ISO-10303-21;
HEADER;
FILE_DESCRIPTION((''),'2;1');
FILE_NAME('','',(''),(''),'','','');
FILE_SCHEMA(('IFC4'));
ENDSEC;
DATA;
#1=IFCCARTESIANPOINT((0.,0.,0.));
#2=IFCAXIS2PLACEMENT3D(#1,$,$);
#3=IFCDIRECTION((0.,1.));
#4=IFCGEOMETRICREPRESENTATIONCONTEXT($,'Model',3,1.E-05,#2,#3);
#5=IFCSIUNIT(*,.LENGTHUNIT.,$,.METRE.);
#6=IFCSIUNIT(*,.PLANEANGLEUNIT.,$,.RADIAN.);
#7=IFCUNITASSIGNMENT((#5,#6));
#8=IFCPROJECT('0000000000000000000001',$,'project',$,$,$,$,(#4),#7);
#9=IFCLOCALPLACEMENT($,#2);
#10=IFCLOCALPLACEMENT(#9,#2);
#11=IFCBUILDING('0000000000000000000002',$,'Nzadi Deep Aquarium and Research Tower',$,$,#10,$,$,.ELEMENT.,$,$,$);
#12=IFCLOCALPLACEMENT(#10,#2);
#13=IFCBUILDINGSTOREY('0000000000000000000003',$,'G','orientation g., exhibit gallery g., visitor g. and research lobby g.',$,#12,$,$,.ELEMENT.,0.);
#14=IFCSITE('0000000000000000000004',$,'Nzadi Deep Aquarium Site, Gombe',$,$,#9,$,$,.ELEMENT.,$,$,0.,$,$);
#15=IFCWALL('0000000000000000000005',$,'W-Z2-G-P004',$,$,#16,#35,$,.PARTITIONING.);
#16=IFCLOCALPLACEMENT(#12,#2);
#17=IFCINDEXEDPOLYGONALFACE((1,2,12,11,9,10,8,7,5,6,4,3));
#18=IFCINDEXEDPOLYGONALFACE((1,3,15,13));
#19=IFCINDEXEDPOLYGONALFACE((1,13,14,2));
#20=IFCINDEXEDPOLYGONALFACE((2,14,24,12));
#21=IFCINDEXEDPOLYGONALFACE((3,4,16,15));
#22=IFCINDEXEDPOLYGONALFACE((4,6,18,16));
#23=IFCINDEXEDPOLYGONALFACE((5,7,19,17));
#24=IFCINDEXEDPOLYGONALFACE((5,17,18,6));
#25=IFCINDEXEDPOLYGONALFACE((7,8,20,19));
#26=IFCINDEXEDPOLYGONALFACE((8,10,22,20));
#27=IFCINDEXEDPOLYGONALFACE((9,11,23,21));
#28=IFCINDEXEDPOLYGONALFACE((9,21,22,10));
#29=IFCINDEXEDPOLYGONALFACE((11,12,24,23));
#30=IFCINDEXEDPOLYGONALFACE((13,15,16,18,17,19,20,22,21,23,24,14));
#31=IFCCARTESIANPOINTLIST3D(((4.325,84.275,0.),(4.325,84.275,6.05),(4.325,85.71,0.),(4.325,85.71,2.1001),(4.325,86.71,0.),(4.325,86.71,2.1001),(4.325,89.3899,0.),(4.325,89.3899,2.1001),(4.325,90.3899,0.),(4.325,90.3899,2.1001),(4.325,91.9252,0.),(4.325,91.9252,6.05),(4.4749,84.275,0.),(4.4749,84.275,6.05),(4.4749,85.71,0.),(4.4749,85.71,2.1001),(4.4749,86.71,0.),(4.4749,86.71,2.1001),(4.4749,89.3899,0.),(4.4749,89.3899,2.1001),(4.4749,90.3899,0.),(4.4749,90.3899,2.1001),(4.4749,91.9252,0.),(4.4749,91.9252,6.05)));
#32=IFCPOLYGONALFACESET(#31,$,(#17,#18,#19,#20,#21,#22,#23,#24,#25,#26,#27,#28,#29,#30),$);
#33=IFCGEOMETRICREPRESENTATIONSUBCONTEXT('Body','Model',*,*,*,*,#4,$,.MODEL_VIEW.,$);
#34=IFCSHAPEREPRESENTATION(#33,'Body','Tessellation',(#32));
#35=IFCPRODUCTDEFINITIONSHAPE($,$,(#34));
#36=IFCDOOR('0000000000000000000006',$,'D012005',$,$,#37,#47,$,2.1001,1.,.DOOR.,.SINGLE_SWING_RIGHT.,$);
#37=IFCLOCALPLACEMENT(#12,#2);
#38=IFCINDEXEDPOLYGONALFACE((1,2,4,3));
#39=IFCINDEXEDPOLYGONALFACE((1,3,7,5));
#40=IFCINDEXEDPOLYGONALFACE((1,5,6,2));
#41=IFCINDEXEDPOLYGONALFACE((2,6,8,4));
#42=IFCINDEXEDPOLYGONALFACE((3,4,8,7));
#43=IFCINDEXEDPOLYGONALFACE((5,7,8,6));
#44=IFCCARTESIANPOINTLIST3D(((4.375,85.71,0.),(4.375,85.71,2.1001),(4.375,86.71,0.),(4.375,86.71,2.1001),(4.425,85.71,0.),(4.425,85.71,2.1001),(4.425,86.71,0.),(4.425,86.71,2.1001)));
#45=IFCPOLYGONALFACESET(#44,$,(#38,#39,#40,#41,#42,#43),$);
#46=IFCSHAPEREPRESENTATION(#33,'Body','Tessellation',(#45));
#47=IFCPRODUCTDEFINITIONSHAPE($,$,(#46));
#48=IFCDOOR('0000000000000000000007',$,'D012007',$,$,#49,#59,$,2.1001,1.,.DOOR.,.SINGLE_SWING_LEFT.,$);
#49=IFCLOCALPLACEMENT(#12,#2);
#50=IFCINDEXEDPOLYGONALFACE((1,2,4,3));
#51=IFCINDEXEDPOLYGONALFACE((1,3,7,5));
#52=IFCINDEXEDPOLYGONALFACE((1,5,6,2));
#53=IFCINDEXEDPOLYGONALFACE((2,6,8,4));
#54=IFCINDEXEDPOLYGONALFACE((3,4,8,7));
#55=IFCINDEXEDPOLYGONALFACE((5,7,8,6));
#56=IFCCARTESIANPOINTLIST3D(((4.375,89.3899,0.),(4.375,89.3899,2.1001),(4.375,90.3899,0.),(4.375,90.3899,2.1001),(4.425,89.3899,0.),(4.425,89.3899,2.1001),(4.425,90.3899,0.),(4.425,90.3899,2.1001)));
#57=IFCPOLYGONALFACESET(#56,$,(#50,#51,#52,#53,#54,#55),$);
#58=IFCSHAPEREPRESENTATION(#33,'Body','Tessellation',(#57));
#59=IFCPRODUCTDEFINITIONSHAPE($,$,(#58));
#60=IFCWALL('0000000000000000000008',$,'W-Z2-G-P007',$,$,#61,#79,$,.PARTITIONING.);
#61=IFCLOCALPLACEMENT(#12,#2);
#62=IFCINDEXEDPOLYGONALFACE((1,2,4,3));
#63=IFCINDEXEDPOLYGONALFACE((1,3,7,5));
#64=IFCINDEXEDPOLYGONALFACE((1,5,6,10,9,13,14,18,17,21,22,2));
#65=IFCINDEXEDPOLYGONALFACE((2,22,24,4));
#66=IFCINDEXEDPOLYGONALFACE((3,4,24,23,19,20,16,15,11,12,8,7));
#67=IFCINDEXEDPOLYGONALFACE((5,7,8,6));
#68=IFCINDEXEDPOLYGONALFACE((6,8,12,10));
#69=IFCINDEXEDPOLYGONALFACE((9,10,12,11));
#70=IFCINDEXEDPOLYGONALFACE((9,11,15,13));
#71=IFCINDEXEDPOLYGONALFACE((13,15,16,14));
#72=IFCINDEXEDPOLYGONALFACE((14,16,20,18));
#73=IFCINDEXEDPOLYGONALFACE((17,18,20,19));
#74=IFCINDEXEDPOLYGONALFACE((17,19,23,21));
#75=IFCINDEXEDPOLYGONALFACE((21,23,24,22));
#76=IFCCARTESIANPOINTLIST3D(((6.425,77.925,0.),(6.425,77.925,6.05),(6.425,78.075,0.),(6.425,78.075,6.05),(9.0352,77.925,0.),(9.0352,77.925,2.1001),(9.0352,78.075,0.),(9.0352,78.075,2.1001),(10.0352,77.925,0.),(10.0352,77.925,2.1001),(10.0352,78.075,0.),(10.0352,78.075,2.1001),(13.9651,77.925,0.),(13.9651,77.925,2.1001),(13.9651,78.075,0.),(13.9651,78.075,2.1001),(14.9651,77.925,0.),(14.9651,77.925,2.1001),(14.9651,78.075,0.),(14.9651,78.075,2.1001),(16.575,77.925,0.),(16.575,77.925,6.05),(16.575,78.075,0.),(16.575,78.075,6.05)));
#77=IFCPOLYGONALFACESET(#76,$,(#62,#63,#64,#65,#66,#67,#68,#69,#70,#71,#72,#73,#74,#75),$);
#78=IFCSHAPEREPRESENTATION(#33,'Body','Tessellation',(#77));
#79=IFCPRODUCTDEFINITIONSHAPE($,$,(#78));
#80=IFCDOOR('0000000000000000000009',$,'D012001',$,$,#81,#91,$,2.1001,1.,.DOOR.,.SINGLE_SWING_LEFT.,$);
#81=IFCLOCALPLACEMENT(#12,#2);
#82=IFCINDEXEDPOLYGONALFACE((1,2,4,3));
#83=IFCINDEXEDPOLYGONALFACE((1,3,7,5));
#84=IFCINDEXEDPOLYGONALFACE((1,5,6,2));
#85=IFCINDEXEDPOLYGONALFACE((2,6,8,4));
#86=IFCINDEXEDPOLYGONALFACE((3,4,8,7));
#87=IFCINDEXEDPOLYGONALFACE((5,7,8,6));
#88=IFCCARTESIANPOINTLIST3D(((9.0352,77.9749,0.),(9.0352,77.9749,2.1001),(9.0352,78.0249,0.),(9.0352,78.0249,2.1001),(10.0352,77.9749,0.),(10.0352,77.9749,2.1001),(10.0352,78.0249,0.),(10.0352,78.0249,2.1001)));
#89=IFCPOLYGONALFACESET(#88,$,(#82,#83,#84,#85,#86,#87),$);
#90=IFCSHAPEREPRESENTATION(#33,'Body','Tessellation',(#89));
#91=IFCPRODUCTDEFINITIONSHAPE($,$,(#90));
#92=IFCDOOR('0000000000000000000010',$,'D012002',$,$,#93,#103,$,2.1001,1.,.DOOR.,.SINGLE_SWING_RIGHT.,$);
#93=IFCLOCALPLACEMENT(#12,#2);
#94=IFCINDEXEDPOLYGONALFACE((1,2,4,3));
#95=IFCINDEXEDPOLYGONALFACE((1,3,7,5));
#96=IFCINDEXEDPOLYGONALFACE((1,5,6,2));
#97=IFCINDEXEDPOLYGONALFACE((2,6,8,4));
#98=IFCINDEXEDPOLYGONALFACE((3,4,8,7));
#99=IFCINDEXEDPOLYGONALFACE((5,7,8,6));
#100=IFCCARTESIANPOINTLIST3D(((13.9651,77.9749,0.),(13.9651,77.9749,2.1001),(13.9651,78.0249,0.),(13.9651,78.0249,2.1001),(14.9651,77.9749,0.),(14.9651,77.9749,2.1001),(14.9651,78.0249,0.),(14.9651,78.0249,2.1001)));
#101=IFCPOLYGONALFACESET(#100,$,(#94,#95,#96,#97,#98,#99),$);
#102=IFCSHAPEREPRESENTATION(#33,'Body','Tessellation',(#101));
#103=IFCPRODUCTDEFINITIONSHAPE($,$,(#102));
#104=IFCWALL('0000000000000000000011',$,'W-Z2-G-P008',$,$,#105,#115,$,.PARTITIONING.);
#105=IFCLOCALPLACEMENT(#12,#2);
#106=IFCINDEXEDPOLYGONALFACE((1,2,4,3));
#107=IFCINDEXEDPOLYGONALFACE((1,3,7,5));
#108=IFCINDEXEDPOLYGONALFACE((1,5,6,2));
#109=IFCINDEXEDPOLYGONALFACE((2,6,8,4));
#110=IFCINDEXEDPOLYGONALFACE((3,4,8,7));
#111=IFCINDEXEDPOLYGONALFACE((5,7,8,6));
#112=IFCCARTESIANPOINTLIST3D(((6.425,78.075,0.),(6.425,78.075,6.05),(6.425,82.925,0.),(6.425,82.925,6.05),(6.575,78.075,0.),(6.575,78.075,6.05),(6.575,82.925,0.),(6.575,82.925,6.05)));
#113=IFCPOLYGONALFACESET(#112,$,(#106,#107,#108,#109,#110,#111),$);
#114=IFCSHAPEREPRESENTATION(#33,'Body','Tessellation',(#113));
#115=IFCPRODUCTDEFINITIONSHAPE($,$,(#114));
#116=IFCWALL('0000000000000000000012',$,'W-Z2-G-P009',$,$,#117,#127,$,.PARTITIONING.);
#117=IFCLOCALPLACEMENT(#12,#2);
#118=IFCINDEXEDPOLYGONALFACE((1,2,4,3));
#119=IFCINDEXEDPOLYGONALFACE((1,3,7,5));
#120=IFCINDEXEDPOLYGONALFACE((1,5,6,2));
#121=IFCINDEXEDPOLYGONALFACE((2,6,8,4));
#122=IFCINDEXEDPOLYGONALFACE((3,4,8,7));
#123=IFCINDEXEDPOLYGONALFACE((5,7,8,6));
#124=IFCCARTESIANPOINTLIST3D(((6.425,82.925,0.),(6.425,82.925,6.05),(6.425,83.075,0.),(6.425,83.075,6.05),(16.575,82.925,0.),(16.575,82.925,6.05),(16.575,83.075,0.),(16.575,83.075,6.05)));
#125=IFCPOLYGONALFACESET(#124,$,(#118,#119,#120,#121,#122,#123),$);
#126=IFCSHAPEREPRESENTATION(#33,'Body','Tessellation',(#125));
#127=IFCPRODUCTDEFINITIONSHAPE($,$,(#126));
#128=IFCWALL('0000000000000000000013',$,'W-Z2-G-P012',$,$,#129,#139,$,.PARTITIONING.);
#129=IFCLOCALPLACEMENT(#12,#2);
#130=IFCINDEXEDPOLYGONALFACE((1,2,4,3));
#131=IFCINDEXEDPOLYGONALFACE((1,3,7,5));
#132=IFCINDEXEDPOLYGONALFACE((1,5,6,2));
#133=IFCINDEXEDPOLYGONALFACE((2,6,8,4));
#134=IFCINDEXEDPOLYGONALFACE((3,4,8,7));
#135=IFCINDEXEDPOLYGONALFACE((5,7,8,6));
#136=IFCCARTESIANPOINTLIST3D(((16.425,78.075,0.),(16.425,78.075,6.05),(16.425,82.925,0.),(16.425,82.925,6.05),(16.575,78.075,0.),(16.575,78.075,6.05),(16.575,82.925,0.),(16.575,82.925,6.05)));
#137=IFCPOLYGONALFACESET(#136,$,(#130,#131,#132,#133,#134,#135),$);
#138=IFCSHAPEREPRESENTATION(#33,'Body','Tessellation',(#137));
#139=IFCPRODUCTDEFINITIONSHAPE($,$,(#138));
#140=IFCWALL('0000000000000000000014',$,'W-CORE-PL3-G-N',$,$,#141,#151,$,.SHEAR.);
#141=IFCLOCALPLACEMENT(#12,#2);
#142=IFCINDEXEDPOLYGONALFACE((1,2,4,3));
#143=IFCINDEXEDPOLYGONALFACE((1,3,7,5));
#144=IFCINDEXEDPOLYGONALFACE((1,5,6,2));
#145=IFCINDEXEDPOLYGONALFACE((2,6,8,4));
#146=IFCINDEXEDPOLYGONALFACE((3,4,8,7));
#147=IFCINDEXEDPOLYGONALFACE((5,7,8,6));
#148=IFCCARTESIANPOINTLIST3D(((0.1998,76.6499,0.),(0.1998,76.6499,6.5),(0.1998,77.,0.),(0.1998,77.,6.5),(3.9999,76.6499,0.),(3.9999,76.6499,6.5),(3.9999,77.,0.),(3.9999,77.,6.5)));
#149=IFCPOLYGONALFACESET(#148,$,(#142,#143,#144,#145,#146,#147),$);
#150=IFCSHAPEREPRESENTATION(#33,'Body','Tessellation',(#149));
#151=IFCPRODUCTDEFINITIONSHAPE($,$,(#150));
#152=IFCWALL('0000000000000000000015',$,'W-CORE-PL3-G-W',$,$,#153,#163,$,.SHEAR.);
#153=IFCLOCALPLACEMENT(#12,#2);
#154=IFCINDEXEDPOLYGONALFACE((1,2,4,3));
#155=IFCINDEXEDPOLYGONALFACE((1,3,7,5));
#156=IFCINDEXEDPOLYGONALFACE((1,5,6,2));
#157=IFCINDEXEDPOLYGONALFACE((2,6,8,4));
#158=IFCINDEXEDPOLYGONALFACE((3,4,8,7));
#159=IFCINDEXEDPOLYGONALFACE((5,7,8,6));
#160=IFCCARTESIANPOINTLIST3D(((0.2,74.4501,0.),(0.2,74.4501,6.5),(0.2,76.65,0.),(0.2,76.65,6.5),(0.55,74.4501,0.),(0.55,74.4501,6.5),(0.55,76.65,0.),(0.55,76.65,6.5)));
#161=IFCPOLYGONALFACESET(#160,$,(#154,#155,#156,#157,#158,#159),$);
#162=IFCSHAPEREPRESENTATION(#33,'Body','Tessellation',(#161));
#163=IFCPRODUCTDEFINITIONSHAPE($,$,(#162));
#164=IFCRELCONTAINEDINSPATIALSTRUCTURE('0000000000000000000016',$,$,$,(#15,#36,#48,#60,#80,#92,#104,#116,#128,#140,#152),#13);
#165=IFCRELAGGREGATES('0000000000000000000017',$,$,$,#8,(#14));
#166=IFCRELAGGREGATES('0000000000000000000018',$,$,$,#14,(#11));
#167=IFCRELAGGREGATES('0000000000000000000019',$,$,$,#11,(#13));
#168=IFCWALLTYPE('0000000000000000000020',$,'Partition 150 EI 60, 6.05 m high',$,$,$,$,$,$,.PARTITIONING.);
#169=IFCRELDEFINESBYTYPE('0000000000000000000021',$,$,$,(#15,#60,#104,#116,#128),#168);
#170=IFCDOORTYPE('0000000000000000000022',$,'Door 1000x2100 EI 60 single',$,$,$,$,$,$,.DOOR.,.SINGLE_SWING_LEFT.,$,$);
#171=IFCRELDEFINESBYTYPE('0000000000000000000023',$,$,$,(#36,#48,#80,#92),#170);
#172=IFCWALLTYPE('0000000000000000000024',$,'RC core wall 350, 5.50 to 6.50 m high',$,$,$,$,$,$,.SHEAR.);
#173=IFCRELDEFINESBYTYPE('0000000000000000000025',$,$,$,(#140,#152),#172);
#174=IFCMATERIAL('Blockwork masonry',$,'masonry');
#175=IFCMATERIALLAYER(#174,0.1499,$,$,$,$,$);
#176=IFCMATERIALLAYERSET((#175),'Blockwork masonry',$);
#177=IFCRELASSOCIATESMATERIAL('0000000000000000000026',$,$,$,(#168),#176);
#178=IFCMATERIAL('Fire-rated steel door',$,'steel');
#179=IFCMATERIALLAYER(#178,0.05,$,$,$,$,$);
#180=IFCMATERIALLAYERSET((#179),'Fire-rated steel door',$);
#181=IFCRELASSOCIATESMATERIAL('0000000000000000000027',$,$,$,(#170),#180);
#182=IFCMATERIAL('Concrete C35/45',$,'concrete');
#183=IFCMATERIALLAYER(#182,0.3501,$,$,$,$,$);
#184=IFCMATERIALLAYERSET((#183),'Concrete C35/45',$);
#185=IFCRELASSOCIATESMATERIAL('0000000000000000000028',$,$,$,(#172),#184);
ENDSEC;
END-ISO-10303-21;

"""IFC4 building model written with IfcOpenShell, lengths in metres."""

from ifc_helpers import new_model, si_unit, direction, frame, frame_2d, origin, place, context, subcontext, project, spatial, rectangle, extrude, material, layer, layer_set, type_object, element, fill, save


model = new_model("IFC4")

# Units and contexts
model_context = context("Model", 3, precision=1e-05, world=origin(), true_north=direction((0.0, 1.0)))
body_context = subcontext(model_context, "Body", "Model", "MODEL_VIEW")
ifc_project = project(units=[si_unit("LENGTHUNIT", "METRE"), si_unit("PLANEANGLEUNIT", "RADIAN")], contexts=[model_context])

# Site, building, storey
site_placement = place(None, origin())
site = spatial("IfcSite", under=ifc_project, at=site_placement, Name="Nzadi Deep Aquarium Site, Gombe", CompositionType="ELEMENT", RefElevation=0.0)
building_placement = place(site_placement, origin())
building = spatial("IfcBuilding", under=site, at=building_placement, Name="Nzadi Deep Aquarium and Research Tower", CompositionType="ELEMENT")
storey_placement = place(building_placement, origin())
storey = spatial("IfcBuildingStorey", under=building, at=storey_placement, Name="G", Description="orientation g., exhibit gallery g., visitor g. and research lobby g.", CompositionType="ELEMENT", Elevation=0.0)

# Walls, openings, doors
ifc_material_1 = material(Name="Blockwork masonry", Category="masonry")
ifc_layer_1 = layer(ifc_material_1, 0.1499)
ifc_layer_set_1 = layer_set([ifc_layer_1], Name="Blockwork masonry")
wall_type_1 = type_object("IfcWallType", Name="Partition 150 EI 60, 6.05 m high", PredefinedType="PARTITIONING", material=ifc_layer_set_1)
wall_1_placement = place(storey_placement, frame((4.3999, 84.2749, 0.0), z_axis=(0.0, 0.0, 1.0), x_axis=(0.0, 1.0, 0.0)))
wall_1 = element("IfcWall", 1, at=wall_1_placement, inside=storey, type_object=wall_type_1, Name="W-Z2-G-P004", PredefinedType="PARTITIONING", context=body_context, shape_type="SweptSolid", body=[
    extrude(rectangle(XDim=7.6501, YDim=0.1499, at=frame_2d((3.8252, 0.0))), origin(), (0.0, 0.0, 1.0), 6.05),
])
opening_1_placement = place(wall_1_placement, frame((1.4351, 0.0, 0.0)))
opening_1 = element("IfcOpeningElement", 2, at=opening_1_placement, cuts=wall_1, PredefinedType="OPENING", context=body_context, shape_type="SweptSolid", body=[
    extrude(rectangle(XDim=1.0, YDim=2.1001, at=frame_2d((0.5, 1.05))), frame((0.0, 0.085, 0.0), z_axis=(0.0, -1.0, 0.0), x_axis=(1.0, 0.0, 0.0)), (0.0, 0.0, 1.0), 0.1699),
])
opening_2_placement = place(wall_1_placement, frame((5.115, 0.0, 0.0)))
opening_2 = element("IfcOpeningElement", 3, at=opening_2_placement, cuts=wall_1, PredefinedType="OPENING", context=body_context, shape_type="SweptSolid", body=[
    extrude(rectangle(XDim=1.0, YDim=2.1001, at=frame_2d((0.5, 1.05))), frame((0.0, 0.085, 0.0), z_axis=(0.0, -1.0, 0.0), x_axis=(1.0, 0.0, 0.0)), (0.0, 0.0, 1.0), 0.1699),
])
ifc_material_2 = material(Name="Fire-rated steel door", Category="steel")
ifc_layer_2 = layer(ifc_material_2, 0.05)
ifc_layer_set_2 = layer_set([ifc_layer_2], Name="Fire-rated steel door")
door_type_1 = type_object("IfcDoorType", Name="Door 1000x2100 EI 60 single", OperationType="SINGLE_SWING_LEFT", PredefinedType="DOOR", material=ifc_layer_set_2)
door_1_placement = place(opening_1_placement, origin())
door_1 = element("IfcDoor", 4, at=door_1_placement, inside=storey, type_object=door_type_1, Name="D012005", OperationType="SINGLE_SWING_RIGHT", OverallHeight=2.1001, OverallWidth=1.0, PredefinedType="DOOR", context=body_context, shape_type="SweptSolid", body=[
    extrude(rectangle(XDim=1.0, YDim=2.1001, at=frame_2d((0.5, 1.05))), frame((0.0, 0.0249, 0.0), z_axis=(0.0, -1.0, 0.0), x_axis=(1.0, 0.0, 0.0)), (0.0, 0.0, 1.0), 0.05),
])
fill(opening_1, door_1)
door_2_placement = place(opening_2_placement, origin())
door_2 = element("IfcDoor", 5, at=door_2_placement, inside=storey, type_object=door_type_1, Name="D012007", OperationType="SINGLE_SWING_LEFT", OverallHeight=2.1001, OverallWidth=1.0, PredefinedType="DOOR", context=body_context, shape_type="SweptSolid", body=[
    extrude(rectangle(XDim=1.0, YDim=2.1001, at=frame_2d((0.5, 1.05))), frame((0.0, 0.0249, 0.0), z_axis=(0.0, -1.0, 0.0), x_axis=(1.0, 0.0, 0.0)), (0.0, 0.0, 1.0), 0.05),
])
fill(opening_2, door_2)
wall_2_placement = place(storey_placement, frame((6.425, 78.0, 0.0), z_axis=(0.0, 0.0, 1.0), x_axis=(1.0, 0.0, 0.0)))
wall_2 = element("IfcWall", 6, at=wall_2_placement, inside=storey, type_object=wall_type_1, Name="W-Z2-G-P007", PredefinedType="PARTITIONING", context=body_context, shape_type="SweptSolid", body=[
    extrude(rectangle(XDim=10.1499, YDim=0.1499, at=frame_2d((5.075, 0.0))), origin(), (0.0, 0.0, 1.0), 6.05),
])
opening_3_placement = place(wall_2_placement, frame((2.6101, 0.0, 0.0)))
opening_3 = element("IfcOpeningElement", 7, at=opening_3_placement, cuts=wall_2, PredefinedType="OPENING", context=body_context, shape_type="SweptSolid", body=[
    extrude(rectangle(XDim=1.0, YDim=2.1001, at=frame_2d((0.5, 1.05))), frame((0.0, 0.085, 0.0), z_axis=(0.0, -1.0, 0.0), x_axis=(1.0, 0.0, 0.0)), (0.0, 0.0, 1.0), 0.1699),
])
opening_4_placement = place(wall_2_placement, frame((7.54, 0.0, 0.0)))
opening_4 = element("IfcOpeningElement", 8, at=opening_4_placement, cuts=wall_2, PredefinedType="OPENING", context=body_context, shape_type="SweptSolid", body=[
    extrude(rectangle(XDim=1.0, YDim=2.1001, at=frame_2d((0.5, 1.05))), frame((0.0, 0.085, 0.0), z_axis=(0.0, -1.0, 0.0), x_axis=(1.0, 0.0, 0.0)), (0.0, 0.0, 1.0), 0.1699),
])
door_3_placement = place(opening_3_placement, origin())
door_3 = element("IfcDoor", 9, at=door_3_placement, inside=storey, type_object=door_type_1, Name="D012001", OperationType="SINGLE_SWING_LEFT", OverallHeight=2.1001, OverallWidth=1.0, PredefinedType="DOOR", context=body_context, shape_type="SweptSolid", body=[
    extrude(rectangle(XDim=1.0, YDim=2.1001, at=frame_2d((0.5, 1.05))), frame((0.0, 0.0249, 0.0), z_axis=(0.0, -1.0, 0.0), x_axis=(1.0, 0.0, 0.0)), (0.0, 0.0, 1.0), 0.05),
])
fill(opening_3, door_3)
door_4_placement = place(opening_4_placement, origin())
door_4 = element("IfcDoor", 10, at=door_4_placement, inside=storey, type_object=door_type_1, Name="D012002", OperationType="SINGLE_SWING_RIGHT", OverallHeight=2.1001, OverallWidth=1.0, PredefinedType="DOOR", context=body_context, shape_type="SweptSolid", body=[
    extrude(rectangle(XDim=1.0, YDim=2.1001, at=frame_2d((0.5, 1.05))), frame((0.0, 0.0249, 0.0), z_axis=(0.0, -1.0, 0.0), x_axis=(1.0, 0.0, 0.0)), (0.0, 0.0, 1.0), 0.05),
])
fill(opening_4, door_4)

# Walls
wall_3_placement = place(storey_placement, frame((6.5, 78.075, 0.0), z_axis=(0.0, 0.0, 1.0), x_axis=(0.0, 1.0, 0.0)))
element("IfcWall", 11, at=wall_3_placement, inside=storey, type_object=wall_type_1, Name="W-Z2-G-P008", PredefinedType="PARTITIONING", context=body_context, shape_type="SweptSolid", body=[
    extrude(rectangle(XDim=4.8501, YDim=0.1499, at=frame_2d((2.425, 0.0))), origin(), (0.0, 0.0, 1.0), 6.05),
])
wall_4_placement = place(storey_placement, frame((6.425, 83.0, 0.0), z_axis=(0.0, 0.0, 1.0), x_axis=(1.0, 0.0, 0.0)))
element("IfcWall", 12, at=wall_4_placement, inside=storey, type_object=wall_type_1, Name="W-Z2-G-P009", PredefinedType="PARTITIONING", context=body_context, shape_type="SweptSolid", body=[
    extrude(rectangle(XDim=10.1499, YDim=0.1499, at=frame_2d((5.075, 0.0))), origin(), (0.0, 0.0, 1.0), 6.05),
])
wall_5_placement = place(storey_placement, frame((16.5, 78.075, 0.0), z_axis=(0.0, 0.0, 1.0), x_axis=(0.0, 1.0, 0.0)))
element("IfcWall", 13, at=wall_5_placement, inside=storey, type_object=wall_type_1, Name="W-Z2-G-P012", PredefinedType="PARTITIONING", context=body_context, shape_type="SweptSolid", body=[
    extrude(rectangle(XDim=4.8501, YDim=0.1499, at=frame_2d((2.425, 0.0))), origin(), (0.0, 0.0, 1.0), 6.05),
])
ifc_material_3 = material(Name="Concrete C35/45", Category="concrete")
ifc_layer_3 = layer(ifc_material_3, 0.3501)
ifc_layer_set_3 = layer_set([ifc_layer_3], Name="Concrete C35/45")
wall_type_2 = type_object("IfcWallType", Name="RC core wall 350, 5.50 to 6.50 m high", PredefinedType="SHEAR", material=ifc_layer_set_3)
wall_6_placement = place(storey_placement, frame((0.2, 76.825, 0.0), z_axis=(0.0, 0.0, 1.0), x_axis=(1.0, 0.0, 0.0)))
element("IfcWall", 14, at=wall_6_placement, inside=storey, type_object=wall_type_2, Name="W-CORE-PL3-G-N", PredefinedType="SHEAR", context=body_context, shape_type="SweptSolid", body=[
    extrude(rectangle(XDim=3.8, YDim=0.3501, at=frame_2d((1.8999, 0.0))), origin(), (0.0, 0.0, 1.0), 6.5),
])
wall_7_placement = place(storey_placement, frame((0.375, 74.45, 0.0), z_axis=(0.0, 0.0, 1.0), x_axis=(0.0, 1.0, 0.0)))
element("IfcWall", 15, at=wall_7_placement, inside=storey, type_object=wall_type_2, Name="W-CORE-PL3-G-W", PredefinedType="SHEAR", context=body_context, shape_type="SweptSolid", body=[
    extrude(rectangle(XDim=2.2, YDim=0.3501, at=frame_2d((1.1001, 0.0))), origin(), (0.0, 0.0, 1.0), 6.5),
])

save(model, "model.ifc")
